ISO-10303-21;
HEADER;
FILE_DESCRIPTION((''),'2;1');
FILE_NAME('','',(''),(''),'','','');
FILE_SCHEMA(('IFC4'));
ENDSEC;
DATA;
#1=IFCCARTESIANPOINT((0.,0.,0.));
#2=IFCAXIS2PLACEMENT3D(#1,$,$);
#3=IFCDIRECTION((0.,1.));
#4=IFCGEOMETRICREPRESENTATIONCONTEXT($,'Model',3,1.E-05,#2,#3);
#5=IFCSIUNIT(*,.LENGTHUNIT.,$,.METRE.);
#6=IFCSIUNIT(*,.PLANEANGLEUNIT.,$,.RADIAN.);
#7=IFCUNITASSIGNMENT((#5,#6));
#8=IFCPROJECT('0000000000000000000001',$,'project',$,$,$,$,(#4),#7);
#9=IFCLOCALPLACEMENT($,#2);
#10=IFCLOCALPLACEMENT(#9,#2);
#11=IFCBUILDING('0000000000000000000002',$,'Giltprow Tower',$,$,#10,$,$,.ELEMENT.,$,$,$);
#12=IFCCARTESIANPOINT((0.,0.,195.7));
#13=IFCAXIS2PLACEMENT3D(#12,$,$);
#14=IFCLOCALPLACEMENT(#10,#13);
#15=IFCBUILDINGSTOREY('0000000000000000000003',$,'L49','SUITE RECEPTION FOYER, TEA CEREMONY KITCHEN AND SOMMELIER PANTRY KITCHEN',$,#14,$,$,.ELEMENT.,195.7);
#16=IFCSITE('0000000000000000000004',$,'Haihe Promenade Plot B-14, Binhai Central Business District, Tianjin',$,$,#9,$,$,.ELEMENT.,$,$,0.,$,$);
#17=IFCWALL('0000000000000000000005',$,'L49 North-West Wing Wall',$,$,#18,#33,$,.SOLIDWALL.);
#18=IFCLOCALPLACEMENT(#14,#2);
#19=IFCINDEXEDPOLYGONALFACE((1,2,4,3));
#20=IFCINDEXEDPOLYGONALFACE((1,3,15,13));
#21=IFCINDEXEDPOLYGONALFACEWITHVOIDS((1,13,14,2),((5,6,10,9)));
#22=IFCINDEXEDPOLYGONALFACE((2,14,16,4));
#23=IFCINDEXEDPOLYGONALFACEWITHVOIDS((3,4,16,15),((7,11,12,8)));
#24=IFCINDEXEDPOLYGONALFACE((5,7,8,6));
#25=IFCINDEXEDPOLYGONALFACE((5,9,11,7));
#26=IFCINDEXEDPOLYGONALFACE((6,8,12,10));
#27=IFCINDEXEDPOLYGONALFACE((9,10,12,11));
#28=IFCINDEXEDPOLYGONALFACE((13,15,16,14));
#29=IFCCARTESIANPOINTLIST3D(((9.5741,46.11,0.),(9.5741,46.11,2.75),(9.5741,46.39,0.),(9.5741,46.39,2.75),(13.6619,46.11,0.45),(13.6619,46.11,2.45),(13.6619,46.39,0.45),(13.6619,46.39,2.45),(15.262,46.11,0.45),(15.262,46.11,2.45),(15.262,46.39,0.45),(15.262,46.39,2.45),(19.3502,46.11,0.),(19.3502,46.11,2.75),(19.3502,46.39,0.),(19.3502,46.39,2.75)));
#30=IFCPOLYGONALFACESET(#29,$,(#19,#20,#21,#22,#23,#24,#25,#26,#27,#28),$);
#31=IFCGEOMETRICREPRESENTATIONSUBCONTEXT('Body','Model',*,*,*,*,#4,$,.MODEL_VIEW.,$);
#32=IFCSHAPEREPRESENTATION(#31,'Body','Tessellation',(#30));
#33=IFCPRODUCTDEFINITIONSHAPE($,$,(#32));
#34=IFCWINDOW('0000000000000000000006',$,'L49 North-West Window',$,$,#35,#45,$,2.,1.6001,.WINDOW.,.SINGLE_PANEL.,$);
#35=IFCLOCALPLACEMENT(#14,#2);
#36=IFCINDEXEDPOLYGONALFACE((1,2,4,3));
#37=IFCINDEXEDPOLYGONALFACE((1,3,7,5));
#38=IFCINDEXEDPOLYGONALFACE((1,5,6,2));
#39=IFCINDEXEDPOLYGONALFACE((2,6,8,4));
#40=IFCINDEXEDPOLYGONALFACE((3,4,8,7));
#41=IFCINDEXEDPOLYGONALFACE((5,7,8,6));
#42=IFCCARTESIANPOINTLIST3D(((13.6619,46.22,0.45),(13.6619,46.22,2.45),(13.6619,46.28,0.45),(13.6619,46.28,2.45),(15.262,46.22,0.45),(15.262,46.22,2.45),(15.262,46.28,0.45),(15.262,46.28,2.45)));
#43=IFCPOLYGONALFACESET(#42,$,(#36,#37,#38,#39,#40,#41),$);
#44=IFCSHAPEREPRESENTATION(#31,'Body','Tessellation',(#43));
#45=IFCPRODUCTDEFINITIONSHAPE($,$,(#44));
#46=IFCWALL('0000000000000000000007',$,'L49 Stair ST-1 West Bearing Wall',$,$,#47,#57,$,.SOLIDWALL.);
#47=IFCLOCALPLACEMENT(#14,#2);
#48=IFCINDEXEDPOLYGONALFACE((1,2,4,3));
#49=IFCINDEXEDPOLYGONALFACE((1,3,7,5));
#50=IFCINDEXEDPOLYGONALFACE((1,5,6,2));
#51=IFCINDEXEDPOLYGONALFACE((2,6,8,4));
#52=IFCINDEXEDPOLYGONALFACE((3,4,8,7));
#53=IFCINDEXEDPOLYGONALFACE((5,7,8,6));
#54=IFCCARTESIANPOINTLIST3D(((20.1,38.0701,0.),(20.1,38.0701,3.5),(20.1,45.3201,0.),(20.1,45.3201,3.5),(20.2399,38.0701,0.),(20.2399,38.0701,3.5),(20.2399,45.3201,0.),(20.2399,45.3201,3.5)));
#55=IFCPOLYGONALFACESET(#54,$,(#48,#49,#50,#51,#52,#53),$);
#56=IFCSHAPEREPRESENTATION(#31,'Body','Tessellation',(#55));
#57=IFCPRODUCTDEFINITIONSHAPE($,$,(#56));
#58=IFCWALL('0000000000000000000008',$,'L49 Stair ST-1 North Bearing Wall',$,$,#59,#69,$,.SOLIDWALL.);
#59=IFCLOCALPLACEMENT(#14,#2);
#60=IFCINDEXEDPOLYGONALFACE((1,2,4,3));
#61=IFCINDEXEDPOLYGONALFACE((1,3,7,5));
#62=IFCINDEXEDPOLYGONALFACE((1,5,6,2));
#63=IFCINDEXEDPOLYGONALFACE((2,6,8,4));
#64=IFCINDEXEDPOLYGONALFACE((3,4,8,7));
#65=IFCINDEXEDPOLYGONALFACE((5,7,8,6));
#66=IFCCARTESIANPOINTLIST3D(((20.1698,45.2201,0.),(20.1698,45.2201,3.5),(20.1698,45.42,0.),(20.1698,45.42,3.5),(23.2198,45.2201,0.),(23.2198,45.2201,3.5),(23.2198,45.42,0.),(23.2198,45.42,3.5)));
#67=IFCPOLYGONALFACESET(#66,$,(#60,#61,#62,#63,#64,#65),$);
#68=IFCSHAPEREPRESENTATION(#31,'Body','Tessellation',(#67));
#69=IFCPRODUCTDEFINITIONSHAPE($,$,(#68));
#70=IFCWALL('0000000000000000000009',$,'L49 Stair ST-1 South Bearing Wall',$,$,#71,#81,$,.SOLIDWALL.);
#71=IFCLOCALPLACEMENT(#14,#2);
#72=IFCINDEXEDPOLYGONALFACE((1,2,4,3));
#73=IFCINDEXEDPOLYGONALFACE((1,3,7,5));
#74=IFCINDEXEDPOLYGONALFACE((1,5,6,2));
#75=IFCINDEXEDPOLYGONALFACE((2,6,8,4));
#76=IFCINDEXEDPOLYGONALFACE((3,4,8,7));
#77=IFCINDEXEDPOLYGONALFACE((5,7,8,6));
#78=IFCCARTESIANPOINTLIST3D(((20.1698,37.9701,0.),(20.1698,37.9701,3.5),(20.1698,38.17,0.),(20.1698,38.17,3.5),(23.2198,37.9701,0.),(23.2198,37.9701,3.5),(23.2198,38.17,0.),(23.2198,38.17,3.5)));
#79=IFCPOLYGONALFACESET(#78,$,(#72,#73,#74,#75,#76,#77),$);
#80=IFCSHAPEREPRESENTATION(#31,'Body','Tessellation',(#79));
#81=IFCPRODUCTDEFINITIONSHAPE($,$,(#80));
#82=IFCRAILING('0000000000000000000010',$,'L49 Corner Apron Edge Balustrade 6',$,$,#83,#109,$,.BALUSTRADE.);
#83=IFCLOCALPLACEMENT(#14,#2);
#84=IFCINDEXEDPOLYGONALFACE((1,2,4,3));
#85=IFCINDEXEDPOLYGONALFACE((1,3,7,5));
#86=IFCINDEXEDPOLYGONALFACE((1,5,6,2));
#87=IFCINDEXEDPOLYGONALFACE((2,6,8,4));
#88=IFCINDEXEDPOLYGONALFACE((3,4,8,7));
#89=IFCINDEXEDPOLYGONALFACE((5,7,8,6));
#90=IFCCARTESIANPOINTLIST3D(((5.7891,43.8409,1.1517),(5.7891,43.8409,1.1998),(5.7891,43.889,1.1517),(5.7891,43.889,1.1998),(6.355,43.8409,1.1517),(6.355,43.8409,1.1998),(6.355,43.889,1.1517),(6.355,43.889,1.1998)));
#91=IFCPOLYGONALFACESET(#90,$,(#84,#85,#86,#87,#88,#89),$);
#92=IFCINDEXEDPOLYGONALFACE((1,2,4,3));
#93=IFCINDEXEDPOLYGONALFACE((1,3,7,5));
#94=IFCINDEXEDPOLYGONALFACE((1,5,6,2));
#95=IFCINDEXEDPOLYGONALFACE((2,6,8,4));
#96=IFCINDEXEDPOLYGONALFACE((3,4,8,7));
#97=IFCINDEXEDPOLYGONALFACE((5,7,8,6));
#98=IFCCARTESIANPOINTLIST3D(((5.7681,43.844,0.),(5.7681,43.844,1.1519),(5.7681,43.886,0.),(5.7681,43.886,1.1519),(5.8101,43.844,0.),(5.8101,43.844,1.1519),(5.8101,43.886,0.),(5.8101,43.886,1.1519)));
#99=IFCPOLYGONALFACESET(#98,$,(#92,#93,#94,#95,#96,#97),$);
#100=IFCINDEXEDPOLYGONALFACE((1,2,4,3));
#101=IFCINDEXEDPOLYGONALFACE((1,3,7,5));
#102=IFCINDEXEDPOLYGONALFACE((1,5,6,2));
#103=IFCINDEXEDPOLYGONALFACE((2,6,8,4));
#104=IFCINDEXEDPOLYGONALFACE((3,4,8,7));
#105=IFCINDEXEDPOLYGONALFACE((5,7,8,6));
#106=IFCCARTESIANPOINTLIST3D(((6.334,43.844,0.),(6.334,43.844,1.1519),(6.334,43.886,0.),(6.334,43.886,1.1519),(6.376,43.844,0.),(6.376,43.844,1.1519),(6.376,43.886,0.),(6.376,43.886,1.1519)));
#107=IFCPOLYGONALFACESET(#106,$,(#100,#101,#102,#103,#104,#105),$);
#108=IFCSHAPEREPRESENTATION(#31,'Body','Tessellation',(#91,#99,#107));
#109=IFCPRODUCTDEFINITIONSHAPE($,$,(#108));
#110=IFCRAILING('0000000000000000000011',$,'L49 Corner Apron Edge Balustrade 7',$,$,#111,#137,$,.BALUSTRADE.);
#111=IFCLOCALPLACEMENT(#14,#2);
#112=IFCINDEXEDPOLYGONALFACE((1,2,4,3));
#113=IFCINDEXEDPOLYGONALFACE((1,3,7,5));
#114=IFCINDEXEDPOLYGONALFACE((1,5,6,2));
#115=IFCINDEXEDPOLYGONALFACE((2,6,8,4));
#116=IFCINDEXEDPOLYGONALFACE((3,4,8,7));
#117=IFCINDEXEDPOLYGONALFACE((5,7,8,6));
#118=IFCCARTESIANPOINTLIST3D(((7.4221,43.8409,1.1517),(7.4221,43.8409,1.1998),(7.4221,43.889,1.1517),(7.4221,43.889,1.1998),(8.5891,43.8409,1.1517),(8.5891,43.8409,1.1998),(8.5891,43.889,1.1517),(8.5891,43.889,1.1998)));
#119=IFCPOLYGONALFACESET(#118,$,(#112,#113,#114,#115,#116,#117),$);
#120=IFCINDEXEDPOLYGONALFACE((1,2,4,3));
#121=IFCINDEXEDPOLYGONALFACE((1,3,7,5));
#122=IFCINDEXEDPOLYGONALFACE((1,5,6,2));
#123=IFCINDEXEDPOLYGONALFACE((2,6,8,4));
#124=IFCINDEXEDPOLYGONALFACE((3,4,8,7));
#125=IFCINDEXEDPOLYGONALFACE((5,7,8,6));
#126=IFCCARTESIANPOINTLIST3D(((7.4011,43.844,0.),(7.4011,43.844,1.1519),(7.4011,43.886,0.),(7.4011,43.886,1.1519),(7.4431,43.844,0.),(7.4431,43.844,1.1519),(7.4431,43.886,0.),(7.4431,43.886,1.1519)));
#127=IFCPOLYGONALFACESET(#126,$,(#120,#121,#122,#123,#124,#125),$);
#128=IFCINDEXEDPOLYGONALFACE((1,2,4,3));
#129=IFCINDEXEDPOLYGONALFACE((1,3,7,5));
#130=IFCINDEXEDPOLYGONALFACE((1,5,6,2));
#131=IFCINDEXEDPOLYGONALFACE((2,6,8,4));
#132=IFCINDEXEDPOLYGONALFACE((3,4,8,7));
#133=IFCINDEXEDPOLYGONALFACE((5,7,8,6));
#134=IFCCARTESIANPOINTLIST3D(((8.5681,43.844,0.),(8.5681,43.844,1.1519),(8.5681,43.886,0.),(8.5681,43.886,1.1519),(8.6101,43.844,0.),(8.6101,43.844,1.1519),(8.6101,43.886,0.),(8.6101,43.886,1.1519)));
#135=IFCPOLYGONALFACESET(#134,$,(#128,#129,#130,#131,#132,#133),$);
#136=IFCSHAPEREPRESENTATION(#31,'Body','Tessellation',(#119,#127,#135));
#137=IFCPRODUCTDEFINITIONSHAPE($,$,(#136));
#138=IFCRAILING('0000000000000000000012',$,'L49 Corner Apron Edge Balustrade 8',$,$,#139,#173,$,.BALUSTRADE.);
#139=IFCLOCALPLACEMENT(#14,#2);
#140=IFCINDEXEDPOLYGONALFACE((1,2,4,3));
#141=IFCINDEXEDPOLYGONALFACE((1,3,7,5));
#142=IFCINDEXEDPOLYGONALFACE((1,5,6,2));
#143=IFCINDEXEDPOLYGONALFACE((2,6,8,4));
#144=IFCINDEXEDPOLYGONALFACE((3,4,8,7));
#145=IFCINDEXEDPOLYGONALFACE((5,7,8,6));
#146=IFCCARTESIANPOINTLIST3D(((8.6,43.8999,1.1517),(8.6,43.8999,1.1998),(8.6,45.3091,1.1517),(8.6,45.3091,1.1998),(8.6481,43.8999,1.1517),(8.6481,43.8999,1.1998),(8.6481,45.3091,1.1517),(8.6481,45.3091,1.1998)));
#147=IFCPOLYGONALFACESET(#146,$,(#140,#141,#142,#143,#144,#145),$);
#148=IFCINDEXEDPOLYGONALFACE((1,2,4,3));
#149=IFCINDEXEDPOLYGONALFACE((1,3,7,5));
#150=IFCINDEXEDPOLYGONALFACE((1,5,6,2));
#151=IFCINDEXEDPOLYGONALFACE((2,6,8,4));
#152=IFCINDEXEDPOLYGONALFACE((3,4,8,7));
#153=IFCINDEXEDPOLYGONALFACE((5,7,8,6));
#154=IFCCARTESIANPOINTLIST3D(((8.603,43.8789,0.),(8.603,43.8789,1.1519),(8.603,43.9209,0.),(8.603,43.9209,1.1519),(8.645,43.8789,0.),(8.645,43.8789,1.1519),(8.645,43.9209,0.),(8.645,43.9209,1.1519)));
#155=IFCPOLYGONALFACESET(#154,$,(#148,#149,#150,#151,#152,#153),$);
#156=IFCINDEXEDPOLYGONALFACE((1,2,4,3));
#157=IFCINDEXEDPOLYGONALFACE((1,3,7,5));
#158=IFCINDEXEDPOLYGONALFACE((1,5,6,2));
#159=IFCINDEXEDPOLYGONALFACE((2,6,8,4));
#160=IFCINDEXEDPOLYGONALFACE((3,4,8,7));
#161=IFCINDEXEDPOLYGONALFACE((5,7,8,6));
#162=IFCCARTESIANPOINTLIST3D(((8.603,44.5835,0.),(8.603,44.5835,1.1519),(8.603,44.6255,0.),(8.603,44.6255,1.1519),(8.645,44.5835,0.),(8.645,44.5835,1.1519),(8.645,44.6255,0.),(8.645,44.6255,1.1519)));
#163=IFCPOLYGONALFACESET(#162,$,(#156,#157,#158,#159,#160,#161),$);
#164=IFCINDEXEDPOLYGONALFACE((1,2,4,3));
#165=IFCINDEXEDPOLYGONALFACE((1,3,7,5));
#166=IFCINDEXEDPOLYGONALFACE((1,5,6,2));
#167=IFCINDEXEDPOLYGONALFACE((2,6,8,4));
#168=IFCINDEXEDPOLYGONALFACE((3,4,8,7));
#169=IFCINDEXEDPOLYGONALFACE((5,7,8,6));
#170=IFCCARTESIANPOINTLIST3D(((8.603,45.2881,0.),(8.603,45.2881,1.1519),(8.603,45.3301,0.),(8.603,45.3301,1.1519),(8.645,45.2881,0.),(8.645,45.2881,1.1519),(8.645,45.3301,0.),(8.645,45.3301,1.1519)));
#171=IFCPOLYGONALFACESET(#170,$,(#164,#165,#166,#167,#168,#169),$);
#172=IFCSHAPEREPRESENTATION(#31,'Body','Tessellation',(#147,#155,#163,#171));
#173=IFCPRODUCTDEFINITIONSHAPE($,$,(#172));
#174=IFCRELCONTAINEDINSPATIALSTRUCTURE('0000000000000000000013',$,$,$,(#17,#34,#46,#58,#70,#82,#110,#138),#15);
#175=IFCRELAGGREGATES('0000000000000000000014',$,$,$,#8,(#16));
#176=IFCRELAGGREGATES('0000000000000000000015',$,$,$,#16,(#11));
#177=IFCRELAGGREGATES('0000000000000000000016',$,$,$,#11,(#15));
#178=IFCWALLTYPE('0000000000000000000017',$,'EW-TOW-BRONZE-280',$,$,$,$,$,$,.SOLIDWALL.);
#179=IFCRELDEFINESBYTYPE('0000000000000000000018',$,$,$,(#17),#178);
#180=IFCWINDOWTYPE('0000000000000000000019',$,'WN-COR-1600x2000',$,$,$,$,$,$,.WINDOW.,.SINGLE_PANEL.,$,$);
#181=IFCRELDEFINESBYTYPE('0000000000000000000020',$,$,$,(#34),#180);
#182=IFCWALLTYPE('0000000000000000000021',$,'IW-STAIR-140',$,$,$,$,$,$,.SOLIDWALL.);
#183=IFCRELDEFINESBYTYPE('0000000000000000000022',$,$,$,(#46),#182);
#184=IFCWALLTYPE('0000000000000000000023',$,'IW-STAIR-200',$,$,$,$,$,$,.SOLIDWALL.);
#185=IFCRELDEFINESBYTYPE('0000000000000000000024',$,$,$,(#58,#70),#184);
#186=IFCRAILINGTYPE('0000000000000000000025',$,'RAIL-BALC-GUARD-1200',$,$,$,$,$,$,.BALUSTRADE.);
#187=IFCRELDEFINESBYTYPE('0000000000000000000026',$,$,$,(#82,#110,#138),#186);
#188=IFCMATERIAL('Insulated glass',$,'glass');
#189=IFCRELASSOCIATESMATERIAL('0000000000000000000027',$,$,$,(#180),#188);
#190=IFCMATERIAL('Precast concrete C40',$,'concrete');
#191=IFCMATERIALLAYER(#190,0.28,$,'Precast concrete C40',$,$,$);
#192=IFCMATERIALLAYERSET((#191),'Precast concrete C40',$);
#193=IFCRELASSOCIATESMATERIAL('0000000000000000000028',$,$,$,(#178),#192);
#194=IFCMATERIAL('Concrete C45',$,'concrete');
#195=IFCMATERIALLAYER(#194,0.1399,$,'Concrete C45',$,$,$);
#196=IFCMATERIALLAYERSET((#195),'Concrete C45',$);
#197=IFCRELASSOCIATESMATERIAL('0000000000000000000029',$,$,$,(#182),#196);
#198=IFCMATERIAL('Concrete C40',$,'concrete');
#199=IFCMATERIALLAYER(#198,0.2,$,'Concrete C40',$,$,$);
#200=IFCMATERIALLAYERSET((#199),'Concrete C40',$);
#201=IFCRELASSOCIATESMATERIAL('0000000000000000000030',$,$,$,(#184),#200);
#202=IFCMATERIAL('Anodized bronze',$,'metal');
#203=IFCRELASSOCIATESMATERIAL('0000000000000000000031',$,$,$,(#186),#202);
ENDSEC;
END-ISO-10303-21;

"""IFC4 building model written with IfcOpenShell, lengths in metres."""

from ifc_helpers import new_model, si_unit, direction, frame, frame_2d, origin, origin_2d, place, context, subcontext, project, spatial, rectangle, extrude, source, transform, mapped, material, layer, layer_set, type_object, element, fill, save


model = new_model("IFC4")

# Units and contexts
model_context = context("Model", 3, precision=1e-05, world=origin(), true_north=direction((0.0, 1.0)))
body_context = subcontext(model_context, "Body", "Model", "MODEL_VIEW")
ifc_project = project(units=[si_unit("LENGTHUNIT", "METRE"), si_unit("PLANEANGLEUNIT", "RADIAN")], contexts=[model_context])

# Site, building, storey
site_placement = place(None, origin())
site = spatial("IfcSite", under=ifc_project, at=site_placement, Name="Haihe Promenade Plot B-14, Binhai Central Business District, Tianjin", CompositionType="ELEMENT", RefElevation=0.0)
building_placement = place(site_placement, origin())
building = spatial("IfcBuilding", under=site, at=building_placement, Name="Giltprow Tower", CompositionType="ELEMENT")
storey_placement = place(building_placement, frame((0.0, 0.0, 195.7)))
storey = spatial("IfcBuildingStorey", under=building, at=storey_placement, Name="L49", Description="SUITE RECEPTION FOYER, TEA CEREMONY KITCHEN AND SOMMELIER PANTRY KITCHEN", CompositionType="ELEMENT", Elevation=195.7)

# Wall, opening, window
ifc_material_1 = material(Name="Precast concrete C40", Category="concrete")
ifc_material_2 = material(Name="Insulated glass", Category="glass")
window_type = type_object("IfcWindowType", Name="WN-COR-1600x2000", PartitioningType="SINGLE_PANEL", PredefinedType="WINDOW", material=ifc_material_2)
shared_shape_1 = source(origin(), body_context, "Body", "SweptSolid", [
    extrude(rectangle(XDim=1.6001, YDim=2.0, at=frame_2d((0.8, 1.0))), frame((0.0, 0.03, 0.0), z_axis=(0.0, -1.0, 0.0), x_axis=(1.0, 0.0, 0.0)), (0.0, 0.0, 1.0), 0.0601),
])
ifc_layer_1 = layer(ifc_material_1, 0.28, Name="Precast concrete C40")
ifc_layer_set_1 = layer_set([ifc_layer_1], Name="Precast concrete C40")
wall_type_1 = type_object("IfcWallType", Name="EW-TOW-BRONZE-280", PredefinedType="SOLIDWALL", material=ifc_layer_set_1)
wall_1_placement = place(storey_placement, frame((9.574, 46.25, 0.0), z_axis=(0.0, 0.0, 1.0), x_axis=(1.0, 0.0, 0.0)))
wall_1 = element("IfcWall", 1, at=wall_1_placement, inside=storey, type_object=wall_type_1, Name="L49 North-West Wing Wall", PredefinedType="SOLIDWALL", context=body_context, shape_type="SweptSolid", body=[
    extrude(rectangle(XDim=9.7761, YDim=0.28, at=frame_2d((4.8882, 0.0))), origin(), (0.0, 0.0, 1.0), 2.75),
])
opening_1_placement = place(wall_1_placement, frame((4.0879, 0.0, 0.45)))
opening_1 = element("IfcOpeningElement", 2, at=opening_1_placement, cuts=wall_1, PredefinedType="OPENING", context=body_context, shape_type="SweptSolid", body=[
    extrude(rectangle(XDim=1.6001, YDim=2.0, at=frame_2d((0.8, 1.0))), frame((0.0, 0.1499, 0.0), z_axis=(0.0, -1.0, 0.0), x_axis=(1.0, 0.0, 0.0)), (0.0, 0.0, 1.0), 0.3),
])
window_1_placement = place(opening_1_placement, origin())
window_1 = element("IfcWindow", 3, at=window_1_placement, inside=storey, type_object=window_type, Name="L49 North-West Window", OverallHeight=2.0, OverallWidth=1.6001, PartitioningType="SINGLE_PANEL", PredefinedType="WINDOW", context=body_context, shape_type="MappedRepresentation", body=[
    mapped(shared_shape_1, transform((0.0, 0.0, 0.0), x_axis=(1.0, 0.0, 0.0), y_axis=(0.0, 1.0, 0.0), z_axis=(0.0, 0.0, 1.0), scale=1.0)),
])
fill(opening_1, window_1)

# Walls
ifc_material_3 = material(Name="Concrete C45", Category="concrete")
ifc_layer_2 = layer(ifc_material_3, 0.1399, Name="Concrete C45")
ifc_layer_set_2 = layer_set([ifc_layer_2], Name="Concrete C45")
wall_type_2 = type_object("IfcWallType", Name="IW-STAIR-140", PredefinedType="SOLIDWALL", material=ifc_layer_set_2)
wall_2_placement = place(storey_placement, frame((20.1699, 38.0701, 0.0), z_axis=(0.0, 0.0, 1.0), x_axis=(0.0, 1.0, 0.0)))
element("IfcWall", 4, at=wall_2_placement, inside=storey, type_object=wall_type_2, Name="L49 Stair ST-1 West Bearing Wall", PredefinedType="SOLIDWALL", context=body_context, shape_type="SweptSolid", body=[
    extrude(rectangle(XDim=7.25, YDim=0.1399, at=frame_2d((3.625, 0.0))), origin(), (0.0, 0.0, 1.0), 3.5),
])
ifc_material_4 = material(Name="Concrete C40", Category="concrete")
ifc_layer_3 = layer(ifc_material_4, 0.2, Name="Concrete C40")
ifc_layer_set_3 = layer_set([ifc_layer_3], Name="Concrete C40")
wall_type_3 = type_object("IfcWallType", Name="IW-STAIR-200", PredefinedType="SOLIDWALL", material=ifc_layer_set_3)
for number, where, z_axis, x_axis, name in (
    (5, (20.1699, 45.3201, 0.0), (0.0, 0.0, 1.0), (1.0, 0.0, 0.0), "L49 Stair ST-1 North Bearing Wall"),
    (6, (20.1699, 38.0701, 0.0), (0.0, 0.0, 1.0), (1.0, 0.0, 0.0), "L49 Stair ST-1 South Bearing Wall"),
):
    element("IfcWall", number, at=place(storey_placement, frame(where, z_axis=z_axis, x_axis=x_axis)), inside=storey, type_object=wall_type_3, Name=name, PredefinedType="SOLIDWALL", context=body_context, shape_type="SweptSolid", body=[
        extrude(rectangle(XDim=3.05, YDim=0.2, at=frame_2d((1.5249, 0.0))), origin(), (0.0, 0.0, 1.0), 3.5),
    ])

# Railings
ifc_material_5 = material(Name="Anodized bronze", Category="metal")
railing_type_1 = type_object("IfcRailingType", Name="RAIL-BALC-GUARD-1200", PredefinedType="BALUSTRADE", material=ifc_material_5)
railing_1_placement = place(storey_placement, frame((5.7891, 43.865, 0.0)))
element("IfcRailing", 7, at=railing_1_placement, inside=storey, type_object=railing_type_1, Name="L49 Corner Apron Edge Balustrade 6", PredefinedType="BALUSTRADE", context=body_context, shape_type="SweptSolid", body=[
    extrude(rectangle(XDim=0.0481, YDim=0.0481, at=origin_2d()), frame((0.0, 0.0, 1.1758), z_axis=(1.0, 0.0, 0.0), x_axis=(0.0, 1.0, 0.0)), (0.0, 0.0, 1.0), 0.5659),
    extrude(rectangle(XDim=0.042, YDim=0.042, at=origin_2d()), origin(), (0.0, 0.0, 1.0), 1.1519),
    extrude(rectangle(XDim=0.042, YDim=0.042, at=origin_2d()), frame((0.5659, 0.0, 0.0)), (0.0, 0.0, 1.0), 1.1519),
])
railing_2_placement = place(storey_placement, frame((7.4221, 43.865, 0.0)))
element("IfcRailing", 8, at=railing_2_placement, inside=storey, type_object=railing_type_1, Name="L49 Corner Apron Edge Balustrade 7", PredefinedType="BALUSTRADE", context=body_context, shape_type="SweptSolid", body=[
    extrude(rectangle(XDim=0.0481, YDim=0.0481, at=origin_2d()), frame((0.0, 0.0, 1.1758), z_axis=(1.0, 0.0, 0.0), x_axis=(0.0, 1.0, 0.0)), (0.0, 0.0, 1.0), 1.167),
    extrude(rectangle(XDim=0.042, YDim=0.042, at=origin_2d()), origin(), (0.0, 0.0, 1.0), 1.1519),
    extrude(rectangle(XDim=0.042, YDim=0.042, at=origin_2d()), frame((1.167, 0.0, 0.0)), (0.0, 0.0, 1.0), 1.1519),
])
railing_3_placement = place(storey_placement, frame((8.624, 43.8999, 0.0)))
element("IfcRailing", 9, at=railing_3_placement, inside=storey, type_object=railing_type_1, Name="L49 Corner Apron Edge Balustrade 8", PredefinedType="BALUSTRADE", context=body_context, shape_type="SweptSolid", body=[
    extrude(rectangle(XDim=0.0481, YDim=0.0481, at=origin_2d()), frame((0.0, 0.0, 1.1758), z_axis=(0.0, 1.0, 0.0), x_axis=(-1.0, 0.0, 0.0)), (0.0, 0.0, 1.0), 1.4092),
    extrude(rectangle(XDim=0.042, YDim=0.042, at=origin_2d()), origin(), (0.0, 0.0, 1.0), 1.1519),
    extrude(rectangle(XDim=0.042, YDim=0.042, at=origin_2d()), frame((0.0, 0.7046, 0.0)), (0.0, 0.0, 1.0), 1.1519),
    extrude(rectangle(XDim=0.042, YDim=0.042, at=origin_2d()), frame((0.0, 1.4092, 0.0)), (0.0, 0.0, 1.0), 1.1519),
])

save(model, "model.ifc")
